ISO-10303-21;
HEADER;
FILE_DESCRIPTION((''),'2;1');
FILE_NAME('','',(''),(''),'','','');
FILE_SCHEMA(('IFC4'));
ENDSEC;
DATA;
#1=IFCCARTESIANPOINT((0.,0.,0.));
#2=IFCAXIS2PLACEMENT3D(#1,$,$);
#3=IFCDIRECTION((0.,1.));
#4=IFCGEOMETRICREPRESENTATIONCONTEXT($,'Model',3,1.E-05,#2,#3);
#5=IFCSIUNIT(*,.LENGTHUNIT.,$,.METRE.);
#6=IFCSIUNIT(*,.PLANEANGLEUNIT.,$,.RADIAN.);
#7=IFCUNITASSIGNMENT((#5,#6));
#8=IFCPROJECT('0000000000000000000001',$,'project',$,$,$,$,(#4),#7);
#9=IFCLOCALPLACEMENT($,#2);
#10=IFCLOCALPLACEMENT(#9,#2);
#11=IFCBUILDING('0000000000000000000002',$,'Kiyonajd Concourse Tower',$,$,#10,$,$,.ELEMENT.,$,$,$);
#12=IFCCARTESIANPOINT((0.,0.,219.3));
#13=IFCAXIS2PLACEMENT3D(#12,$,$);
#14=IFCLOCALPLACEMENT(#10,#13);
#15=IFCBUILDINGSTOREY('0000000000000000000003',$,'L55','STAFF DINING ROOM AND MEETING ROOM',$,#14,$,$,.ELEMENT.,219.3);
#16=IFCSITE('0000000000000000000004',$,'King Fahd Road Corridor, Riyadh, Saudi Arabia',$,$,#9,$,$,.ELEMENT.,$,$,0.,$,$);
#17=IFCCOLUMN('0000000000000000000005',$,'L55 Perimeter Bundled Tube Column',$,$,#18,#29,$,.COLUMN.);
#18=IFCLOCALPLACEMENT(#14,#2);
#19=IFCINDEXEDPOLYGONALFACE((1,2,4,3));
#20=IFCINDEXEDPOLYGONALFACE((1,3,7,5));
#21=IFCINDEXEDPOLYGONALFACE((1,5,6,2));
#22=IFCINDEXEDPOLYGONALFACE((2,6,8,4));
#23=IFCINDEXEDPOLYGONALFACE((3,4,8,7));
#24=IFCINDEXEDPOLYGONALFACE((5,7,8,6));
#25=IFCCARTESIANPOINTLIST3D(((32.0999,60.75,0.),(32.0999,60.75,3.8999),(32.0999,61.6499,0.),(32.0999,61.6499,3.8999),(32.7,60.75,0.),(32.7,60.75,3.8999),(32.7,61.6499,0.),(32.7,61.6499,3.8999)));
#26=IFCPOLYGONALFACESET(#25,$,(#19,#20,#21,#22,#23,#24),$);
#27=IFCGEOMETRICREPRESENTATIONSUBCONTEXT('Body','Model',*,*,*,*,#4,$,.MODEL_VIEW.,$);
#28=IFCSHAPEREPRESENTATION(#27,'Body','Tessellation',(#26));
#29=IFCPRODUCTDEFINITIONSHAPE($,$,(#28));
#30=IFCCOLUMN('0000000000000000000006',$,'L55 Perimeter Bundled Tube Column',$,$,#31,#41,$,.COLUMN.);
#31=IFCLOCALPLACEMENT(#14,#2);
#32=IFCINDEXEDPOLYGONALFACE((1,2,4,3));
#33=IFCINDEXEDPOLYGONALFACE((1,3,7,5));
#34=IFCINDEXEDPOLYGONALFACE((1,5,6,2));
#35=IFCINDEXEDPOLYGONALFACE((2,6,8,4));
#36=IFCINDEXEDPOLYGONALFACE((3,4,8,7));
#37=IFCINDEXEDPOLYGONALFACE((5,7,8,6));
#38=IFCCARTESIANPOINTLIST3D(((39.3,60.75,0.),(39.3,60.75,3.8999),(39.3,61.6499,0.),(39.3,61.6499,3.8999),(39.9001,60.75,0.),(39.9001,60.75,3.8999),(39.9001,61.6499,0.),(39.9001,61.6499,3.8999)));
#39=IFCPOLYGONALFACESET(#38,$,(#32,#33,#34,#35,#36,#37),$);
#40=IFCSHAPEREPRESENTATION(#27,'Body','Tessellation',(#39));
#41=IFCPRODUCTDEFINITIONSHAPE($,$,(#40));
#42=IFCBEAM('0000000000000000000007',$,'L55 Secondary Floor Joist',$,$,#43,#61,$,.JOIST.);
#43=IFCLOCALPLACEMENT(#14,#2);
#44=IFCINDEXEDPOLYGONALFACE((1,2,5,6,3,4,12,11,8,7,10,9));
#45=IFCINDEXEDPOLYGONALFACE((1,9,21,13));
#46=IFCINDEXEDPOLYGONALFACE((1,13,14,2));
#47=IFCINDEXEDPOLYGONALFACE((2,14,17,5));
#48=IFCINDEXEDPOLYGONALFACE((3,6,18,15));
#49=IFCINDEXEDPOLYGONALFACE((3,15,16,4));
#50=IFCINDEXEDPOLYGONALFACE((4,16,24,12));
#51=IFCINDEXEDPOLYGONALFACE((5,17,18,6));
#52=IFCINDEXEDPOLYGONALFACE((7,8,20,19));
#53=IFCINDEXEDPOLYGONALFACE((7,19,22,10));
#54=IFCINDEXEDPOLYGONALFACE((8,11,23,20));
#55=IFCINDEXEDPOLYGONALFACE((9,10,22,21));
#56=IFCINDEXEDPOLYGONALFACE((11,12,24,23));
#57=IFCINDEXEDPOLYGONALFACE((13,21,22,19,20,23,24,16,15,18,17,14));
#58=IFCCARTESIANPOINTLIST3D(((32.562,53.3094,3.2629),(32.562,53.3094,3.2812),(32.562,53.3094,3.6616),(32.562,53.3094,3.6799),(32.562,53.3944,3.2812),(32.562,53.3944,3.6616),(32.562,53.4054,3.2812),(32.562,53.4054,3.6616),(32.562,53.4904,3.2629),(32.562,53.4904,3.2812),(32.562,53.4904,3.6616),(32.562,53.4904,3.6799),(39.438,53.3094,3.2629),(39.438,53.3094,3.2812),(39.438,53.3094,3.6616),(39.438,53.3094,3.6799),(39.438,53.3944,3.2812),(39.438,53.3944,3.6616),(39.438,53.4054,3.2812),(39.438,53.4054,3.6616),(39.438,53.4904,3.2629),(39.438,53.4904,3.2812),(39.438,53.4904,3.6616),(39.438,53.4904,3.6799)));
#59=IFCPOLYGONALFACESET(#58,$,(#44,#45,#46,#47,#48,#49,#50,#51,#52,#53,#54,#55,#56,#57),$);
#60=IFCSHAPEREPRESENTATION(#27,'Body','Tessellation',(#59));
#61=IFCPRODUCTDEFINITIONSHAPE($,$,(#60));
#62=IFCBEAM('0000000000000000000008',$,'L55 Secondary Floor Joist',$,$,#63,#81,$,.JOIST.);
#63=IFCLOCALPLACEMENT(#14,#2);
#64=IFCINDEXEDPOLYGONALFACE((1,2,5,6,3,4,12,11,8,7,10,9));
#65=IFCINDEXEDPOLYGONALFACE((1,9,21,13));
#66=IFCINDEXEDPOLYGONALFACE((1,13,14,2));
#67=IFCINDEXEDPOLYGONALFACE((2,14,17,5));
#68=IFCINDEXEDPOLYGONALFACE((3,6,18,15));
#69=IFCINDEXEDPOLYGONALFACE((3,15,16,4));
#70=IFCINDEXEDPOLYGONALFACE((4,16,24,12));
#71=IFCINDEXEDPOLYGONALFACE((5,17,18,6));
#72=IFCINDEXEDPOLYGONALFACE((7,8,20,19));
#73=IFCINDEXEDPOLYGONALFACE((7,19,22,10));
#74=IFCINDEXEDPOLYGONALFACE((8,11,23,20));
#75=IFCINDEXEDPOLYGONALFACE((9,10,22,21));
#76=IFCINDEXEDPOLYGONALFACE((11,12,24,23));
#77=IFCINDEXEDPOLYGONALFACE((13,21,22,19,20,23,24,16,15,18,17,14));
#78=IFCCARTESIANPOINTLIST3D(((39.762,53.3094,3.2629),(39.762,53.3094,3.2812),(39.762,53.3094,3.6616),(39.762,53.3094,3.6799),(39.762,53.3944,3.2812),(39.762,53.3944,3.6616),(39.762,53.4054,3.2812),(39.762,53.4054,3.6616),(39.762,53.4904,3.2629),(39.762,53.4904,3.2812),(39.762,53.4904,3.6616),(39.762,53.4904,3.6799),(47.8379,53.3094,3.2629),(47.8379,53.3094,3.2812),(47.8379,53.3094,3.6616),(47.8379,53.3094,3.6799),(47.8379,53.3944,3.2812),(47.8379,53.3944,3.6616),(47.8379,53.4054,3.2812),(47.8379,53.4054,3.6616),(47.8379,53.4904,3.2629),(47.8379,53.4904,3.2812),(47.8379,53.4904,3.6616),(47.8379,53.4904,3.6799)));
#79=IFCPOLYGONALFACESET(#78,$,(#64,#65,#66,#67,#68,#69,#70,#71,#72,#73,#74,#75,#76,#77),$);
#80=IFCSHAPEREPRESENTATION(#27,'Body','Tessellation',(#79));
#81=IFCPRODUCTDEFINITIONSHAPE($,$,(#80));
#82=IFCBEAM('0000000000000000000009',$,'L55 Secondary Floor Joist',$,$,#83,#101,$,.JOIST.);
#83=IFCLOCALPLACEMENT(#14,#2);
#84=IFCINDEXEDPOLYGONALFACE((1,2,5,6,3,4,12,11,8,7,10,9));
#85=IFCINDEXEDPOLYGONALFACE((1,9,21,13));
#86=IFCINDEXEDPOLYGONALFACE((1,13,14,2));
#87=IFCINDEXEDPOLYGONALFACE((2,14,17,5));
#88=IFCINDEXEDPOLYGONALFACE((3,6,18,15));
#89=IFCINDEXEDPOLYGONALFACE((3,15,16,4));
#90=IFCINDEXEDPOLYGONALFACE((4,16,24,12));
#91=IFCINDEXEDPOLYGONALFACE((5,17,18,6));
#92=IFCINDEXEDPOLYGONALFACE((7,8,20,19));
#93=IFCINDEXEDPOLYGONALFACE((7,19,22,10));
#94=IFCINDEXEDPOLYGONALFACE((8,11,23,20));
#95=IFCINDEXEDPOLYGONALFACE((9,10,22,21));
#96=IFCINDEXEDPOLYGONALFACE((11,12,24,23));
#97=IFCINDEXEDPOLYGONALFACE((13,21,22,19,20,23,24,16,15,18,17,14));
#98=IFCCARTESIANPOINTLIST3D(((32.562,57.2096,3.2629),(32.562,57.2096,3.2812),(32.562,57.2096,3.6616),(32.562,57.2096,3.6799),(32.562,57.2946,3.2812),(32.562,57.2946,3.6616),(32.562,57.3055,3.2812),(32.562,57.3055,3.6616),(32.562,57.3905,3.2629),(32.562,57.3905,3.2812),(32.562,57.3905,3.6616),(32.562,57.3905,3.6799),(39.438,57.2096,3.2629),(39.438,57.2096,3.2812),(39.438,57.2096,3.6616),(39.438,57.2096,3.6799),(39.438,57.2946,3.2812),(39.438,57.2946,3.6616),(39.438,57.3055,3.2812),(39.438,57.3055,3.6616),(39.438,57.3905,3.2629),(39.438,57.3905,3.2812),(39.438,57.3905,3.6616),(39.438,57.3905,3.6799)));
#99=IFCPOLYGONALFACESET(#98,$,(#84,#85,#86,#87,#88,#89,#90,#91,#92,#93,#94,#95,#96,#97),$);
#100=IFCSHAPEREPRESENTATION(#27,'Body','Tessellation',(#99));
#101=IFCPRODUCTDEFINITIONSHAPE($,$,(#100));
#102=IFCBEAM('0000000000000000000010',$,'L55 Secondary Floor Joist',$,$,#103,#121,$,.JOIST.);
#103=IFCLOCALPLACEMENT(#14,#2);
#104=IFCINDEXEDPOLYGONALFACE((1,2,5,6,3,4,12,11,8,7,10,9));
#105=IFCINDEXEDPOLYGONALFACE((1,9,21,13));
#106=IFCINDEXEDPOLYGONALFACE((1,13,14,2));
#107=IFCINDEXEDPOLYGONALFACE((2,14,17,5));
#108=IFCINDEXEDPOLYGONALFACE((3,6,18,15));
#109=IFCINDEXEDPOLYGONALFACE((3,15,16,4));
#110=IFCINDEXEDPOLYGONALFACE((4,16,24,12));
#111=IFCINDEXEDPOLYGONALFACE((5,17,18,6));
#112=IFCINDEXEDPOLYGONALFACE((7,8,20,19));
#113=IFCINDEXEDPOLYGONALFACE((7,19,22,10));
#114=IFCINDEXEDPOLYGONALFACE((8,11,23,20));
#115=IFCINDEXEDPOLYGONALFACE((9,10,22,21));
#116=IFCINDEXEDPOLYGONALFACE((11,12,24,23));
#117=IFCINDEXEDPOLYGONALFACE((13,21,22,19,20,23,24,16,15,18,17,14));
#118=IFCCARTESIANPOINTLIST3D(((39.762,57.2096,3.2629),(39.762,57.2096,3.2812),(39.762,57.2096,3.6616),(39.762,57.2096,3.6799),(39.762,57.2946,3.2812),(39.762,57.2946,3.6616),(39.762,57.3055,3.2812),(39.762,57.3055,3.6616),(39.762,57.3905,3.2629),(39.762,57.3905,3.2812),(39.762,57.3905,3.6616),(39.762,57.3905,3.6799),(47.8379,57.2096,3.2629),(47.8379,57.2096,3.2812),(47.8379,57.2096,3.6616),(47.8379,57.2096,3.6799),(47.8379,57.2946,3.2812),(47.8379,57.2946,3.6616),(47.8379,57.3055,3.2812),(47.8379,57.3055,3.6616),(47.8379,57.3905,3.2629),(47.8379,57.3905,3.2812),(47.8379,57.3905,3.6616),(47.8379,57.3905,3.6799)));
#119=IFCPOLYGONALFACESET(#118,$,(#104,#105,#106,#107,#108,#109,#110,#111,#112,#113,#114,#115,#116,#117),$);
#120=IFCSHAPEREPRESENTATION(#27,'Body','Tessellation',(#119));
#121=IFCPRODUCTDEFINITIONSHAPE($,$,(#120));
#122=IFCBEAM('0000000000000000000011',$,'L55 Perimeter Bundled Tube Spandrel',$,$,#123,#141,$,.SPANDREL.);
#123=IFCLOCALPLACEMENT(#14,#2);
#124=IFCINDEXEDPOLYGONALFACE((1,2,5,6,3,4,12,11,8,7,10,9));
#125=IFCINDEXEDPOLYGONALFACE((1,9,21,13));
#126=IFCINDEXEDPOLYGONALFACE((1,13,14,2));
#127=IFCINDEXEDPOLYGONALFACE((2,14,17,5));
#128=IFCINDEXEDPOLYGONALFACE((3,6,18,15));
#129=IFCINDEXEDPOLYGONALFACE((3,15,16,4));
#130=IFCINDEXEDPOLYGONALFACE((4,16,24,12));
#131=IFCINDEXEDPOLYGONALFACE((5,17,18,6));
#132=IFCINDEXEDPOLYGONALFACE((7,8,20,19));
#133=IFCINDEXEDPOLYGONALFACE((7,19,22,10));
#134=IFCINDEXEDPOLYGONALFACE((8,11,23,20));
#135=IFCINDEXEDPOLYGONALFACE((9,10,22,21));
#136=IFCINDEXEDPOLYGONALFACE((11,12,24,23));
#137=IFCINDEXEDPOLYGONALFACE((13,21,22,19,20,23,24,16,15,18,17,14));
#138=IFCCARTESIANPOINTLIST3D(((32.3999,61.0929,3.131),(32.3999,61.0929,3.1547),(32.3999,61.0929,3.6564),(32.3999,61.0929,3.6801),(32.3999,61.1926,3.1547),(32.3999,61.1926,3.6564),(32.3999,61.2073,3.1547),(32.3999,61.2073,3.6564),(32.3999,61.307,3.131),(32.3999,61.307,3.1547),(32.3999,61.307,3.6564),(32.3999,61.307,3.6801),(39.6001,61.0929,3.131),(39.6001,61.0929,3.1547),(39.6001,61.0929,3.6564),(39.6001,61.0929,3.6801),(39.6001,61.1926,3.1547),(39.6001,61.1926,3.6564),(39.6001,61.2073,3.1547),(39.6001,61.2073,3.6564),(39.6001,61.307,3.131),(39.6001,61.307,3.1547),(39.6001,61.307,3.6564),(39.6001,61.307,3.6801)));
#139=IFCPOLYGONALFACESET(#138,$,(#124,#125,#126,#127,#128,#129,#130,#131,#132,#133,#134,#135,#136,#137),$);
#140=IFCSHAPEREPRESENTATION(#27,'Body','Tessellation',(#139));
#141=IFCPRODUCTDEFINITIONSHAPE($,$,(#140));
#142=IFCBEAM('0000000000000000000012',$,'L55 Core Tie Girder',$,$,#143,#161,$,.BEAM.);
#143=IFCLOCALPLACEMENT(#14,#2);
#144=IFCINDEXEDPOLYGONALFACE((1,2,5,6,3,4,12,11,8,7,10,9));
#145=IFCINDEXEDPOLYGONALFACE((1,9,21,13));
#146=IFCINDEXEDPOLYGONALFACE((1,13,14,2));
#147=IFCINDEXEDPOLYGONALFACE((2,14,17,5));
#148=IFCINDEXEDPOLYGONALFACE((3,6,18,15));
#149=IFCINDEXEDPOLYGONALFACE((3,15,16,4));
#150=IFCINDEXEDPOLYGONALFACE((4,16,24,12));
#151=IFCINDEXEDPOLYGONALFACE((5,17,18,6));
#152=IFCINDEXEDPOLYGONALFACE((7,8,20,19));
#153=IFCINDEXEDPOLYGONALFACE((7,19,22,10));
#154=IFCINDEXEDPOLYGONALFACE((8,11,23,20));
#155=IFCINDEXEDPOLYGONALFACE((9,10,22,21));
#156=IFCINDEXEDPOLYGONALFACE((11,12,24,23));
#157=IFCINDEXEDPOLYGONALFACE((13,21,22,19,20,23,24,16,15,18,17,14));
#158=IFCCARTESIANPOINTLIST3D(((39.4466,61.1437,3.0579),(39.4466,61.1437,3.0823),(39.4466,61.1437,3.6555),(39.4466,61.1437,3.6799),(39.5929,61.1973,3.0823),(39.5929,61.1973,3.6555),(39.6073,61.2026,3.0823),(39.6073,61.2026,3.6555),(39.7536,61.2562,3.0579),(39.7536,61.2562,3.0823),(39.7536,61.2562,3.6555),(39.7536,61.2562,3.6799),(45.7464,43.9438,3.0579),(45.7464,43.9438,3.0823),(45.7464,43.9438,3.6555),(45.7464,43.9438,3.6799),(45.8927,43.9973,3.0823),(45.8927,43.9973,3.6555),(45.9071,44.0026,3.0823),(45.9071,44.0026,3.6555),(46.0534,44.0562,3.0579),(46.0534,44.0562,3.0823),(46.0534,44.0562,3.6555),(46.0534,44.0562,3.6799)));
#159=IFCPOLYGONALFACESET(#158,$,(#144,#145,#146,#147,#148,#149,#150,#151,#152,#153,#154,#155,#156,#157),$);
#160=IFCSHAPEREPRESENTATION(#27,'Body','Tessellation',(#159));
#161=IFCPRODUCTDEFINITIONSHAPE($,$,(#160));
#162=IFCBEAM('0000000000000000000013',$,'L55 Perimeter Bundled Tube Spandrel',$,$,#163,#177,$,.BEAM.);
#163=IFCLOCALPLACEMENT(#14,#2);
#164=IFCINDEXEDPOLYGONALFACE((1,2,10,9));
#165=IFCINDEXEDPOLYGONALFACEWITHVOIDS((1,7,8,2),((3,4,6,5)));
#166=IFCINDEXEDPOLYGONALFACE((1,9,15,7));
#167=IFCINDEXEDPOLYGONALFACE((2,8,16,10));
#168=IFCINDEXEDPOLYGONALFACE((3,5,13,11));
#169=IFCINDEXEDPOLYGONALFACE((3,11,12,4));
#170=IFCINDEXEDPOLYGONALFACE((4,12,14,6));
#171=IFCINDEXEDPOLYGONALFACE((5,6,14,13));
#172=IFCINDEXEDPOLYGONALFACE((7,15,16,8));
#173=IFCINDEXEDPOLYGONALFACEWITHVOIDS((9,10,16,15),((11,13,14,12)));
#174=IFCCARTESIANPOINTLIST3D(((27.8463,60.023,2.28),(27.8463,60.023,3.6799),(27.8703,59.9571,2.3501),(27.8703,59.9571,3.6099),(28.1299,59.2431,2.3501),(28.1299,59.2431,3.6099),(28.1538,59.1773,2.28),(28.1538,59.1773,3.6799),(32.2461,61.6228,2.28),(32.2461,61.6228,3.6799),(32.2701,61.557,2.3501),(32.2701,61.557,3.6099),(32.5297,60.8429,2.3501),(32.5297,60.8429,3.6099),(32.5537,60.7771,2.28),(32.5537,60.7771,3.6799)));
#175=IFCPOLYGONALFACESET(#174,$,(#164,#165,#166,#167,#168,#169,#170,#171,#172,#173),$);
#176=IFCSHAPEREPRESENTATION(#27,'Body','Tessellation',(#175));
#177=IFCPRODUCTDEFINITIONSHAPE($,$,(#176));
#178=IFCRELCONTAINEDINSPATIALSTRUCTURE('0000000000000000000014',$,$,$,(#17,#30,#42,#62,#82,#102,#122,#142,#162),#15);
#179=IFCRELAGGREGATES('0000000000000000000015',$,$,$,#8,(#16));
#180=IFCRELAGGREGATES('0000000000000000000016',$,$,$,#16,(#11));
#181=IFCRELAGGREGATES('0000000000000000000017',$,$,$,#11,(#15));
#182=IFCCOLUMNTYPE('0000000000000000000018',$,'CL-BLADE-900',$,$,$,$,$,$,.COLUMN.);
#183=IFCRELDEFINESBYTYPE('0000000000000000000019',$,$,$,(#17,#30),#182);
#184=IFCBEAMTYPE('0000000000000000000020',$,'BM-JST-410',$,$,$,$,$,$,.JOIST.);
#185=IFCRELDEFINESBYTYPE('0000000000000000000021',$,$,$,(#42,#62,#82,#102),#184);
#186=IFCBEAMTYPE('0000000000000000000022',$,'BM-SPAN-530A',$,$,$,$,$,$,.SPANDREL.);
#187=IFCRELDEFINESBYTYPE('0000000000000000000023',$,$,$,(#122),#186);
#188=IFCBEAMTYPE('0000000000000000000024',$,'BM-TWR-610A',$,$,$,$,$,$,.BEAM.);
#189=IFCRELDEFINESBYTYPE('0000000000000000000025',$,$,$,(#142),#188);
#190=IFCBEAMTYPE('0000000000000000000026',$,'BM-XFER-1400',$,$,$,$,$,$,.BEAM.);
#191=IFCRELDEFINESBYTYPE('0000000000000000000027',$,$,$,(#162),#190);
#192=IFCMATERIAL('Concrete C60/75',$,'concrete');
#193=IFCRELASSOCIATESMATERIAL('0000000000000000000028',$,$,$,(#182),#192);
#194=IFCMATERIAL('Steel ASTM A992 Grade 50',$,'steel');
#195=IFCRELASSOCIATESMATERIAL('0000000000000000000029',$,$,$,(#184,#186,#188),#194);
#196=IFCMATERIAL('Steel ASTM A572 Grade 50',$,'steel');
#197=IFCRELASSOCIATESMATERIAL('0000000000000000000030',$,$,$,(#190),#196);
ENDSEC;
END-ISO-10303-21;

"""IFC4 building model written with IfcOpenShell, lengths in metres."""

from ifc_helpers import new_model, si_unit, direction, frame, origin, origin_2d, place, context, subcontext, project, spatial, rectangle, hollow_rectangle, i_section, extrude, material, material_profile, profile_set, type_object, element, save


model = new_model("IFC4")

# Units and contexts
model_context = context("Model", 3, precision=1e-05, world=origin(), true_north=direction((0.0, 1.0)))
body_context = subcontext(model_context, "Body", "Model", "MODEL_VIEW")
ifc_project = project(units=[si_unit("LENGTHUNIT", "METRE"), si_unit("PLANEANGLEUNIT", "RADIAN")], contexts=[model_context])

# Site, building, storey
site_placement = place(None, origin())
site = spatial("IfcSite", under=ifc_project, at=site_placement, Name="King Fahd Road Corridor, Riyadh, Saudi Arabia", CompositionType="ELEMENT", RefElevation=0.0)
building_placement = place(site_placement, origin())
building = spatial("IfcBuilding", under=site, at=building_placement, Name="Kiyonajd Concourse Tower", CompositionType="ELEMENT")
storey_placement = place(building_placement, frame((0.0, 0.0, 219.3)))
storey = spatial("IfcBuildingStorey", under=building, at=storey_placement, Name="L55", Description="STAFF DINING ROOM AND MEETING ROOM", CompositionType="ELEMENT", Elevation=219.3)

# Columns
ifc_material_1 = material(Name="Concrete C60/75", Category="concrete")
ifc_material_profile_1 = material_profile(ifc_material_1, rectangle(XDim=0.6001, YDim=0.8999, at=origin_2d()), Name="RC-900x600")
ifc_profile_set_1 = profile_set([ifc_material_profile_1], Name="Concrete C60/75")
column_type = type_object("IfcColumnType", Name="CL-BLADE-900", PredefinedType="COLUMN", material=ifc_profile_set_1)
for number, where, z_axis, x_axis, name in (
    (1, (32.3999, 61.2, 0.0), (0.0, 0.0, 1.0), (1.0, 0.0, 0.0), "L55 Perimeter Bundled Tube Column"),
    (2, (39.6001, 61.2, 0.0), (0.0, 0.0, 1.0), (1.0, 0.0, 0.0), "L55 Perimeter Bundled Tube Column"),
):
    element("IfcColumn", number, at=place(storey_placement, frame(where, z_axis=z_axis, x_axis=x_axis)), inside=storey, type_object=column_type, Name=name, PredefinedType="COLUMN", context=body_context, shape_type="SweptSolid", body=[
        extrude(rectangle(XDim=0.6001, YDim=0.8999, at=origin_2d()), origin(), (0.0, 0.0, 1.0), 3.8999),
    ])

# Beams
ifc_material_2 = material(Name="Steel ASTM A992 Grade 50", Category="steel")
ifc_material_profile_2 = material_profile(ifc_material_2, i_section(OverallWidth=0.1809, OverallDepth=0.417, WebThickness=0.011, FlangeThickness=0.0183, at=origin_2d()), Name="W410X85")
ifc_profile_set_2 = profile_set([ifc_material_profile_2], Name="Steel ASTM A992 Grade 50")
beam_type_1 = type_object("IfcBeamType", Name="BM-JST-410", PredefinedType="JOIST", material=ifc_profile_set_2)
beam_1_placement = place(storey_placement, frame((32.562, 53.3999, 3.4714), z_axis=(1.0, 0.0, 0.0), x_axis=(0.0, 1.0, 0.0)))
element("IfcBeam", 3, at=beam_1_placement, inside=storey, type_object=beam_type_1, Name="L55 Secondary Floor Joist", PredefinedType="JOIST", context=body_context, shape_type="SweptSolid", body=[
    extrude(i_section(OverallWidth=0.1809, OverallDepth=0.417, WebThickness=0.011, FlangeThickness=0.0183, at=origin_2d()), origin(), (0.0, 0.0, 1.0), 6.876),
])
beam_2_placement = place(storey_placement, frame((39.762, 53.3999, 3.4714), z_axis=(1.0, 0.0, 0.0), x_axis=(0.0, 1.0, 0.0)))
element("IfcBeam", 4, at=beam_2_placement, inside=storey, type_object=beam_type_1, Name="L55 Secondary Floor Joist", PredefinedType="JOIST", context=body_context, shape_type="SweptSolid", body=[
    extrude(i_section(OverallWidth=0.1809, OverallDepth=0.417, WebThickness=0.011, FlangeThickness=0.0183, at=origin_2d()), origin(), (0.0, 0.0, 1.0), 8.0759),
])
beam_3_placement = place(storey_placement, frame((32.562, 57.3, 3.4714), z_axis=(1.0, 0.0, 0.0), x_axis=(0.0, 1.0, 0.0)))
element("IfcBeam", 5, at=beam_3_placement, inside=storey, type_object=beam_type_1, Name="L55 Secondary Floor Joist", PredefinedType="JOIST", context=body_context, shape_type="SweptSolid", body=[
    extrude(i_section(OverallWidth=0.1809, OverallDepth=0.417, WebThickness=0.011, FlangeThickness=0.0183, at=origin_2d()), origin(), (0.0, 0.0, 1.0), 6.876),
])
beam_4_placement = place(storey_placement, frame((39.762, 57.3, 3.4714), z_axis=(1.0, 0.0, 0.0), x_axis=(0.0, 1.0, 0.0)))
element("IfcBeam", 6, at=beam_4_placement, inside=storey, type_object=beam_type_1, Name="L55 Secondary Floor Joist", PredefinedType="JOIST", context=body_context, shape_type="SweptSolid", body=[
    extrude(i_section(OverallWidth=0.1809, OverallDepth=0.417, WebThickness=0.011, FlangeThickness=0.0183, at=origin_2d()), origin(), (0.0, 0.0, 1.0), 8.0759),
])
ifc_material_profile_3 = material_profile(ifc_material_2, i_section(OverallWidth=0.2141, OverallDepth=0.5491, WebThickness=0.0146, FlangeThickness=0.0237, at=origin_2d()), Name="W530X138")
ifc_profile_set_3 = profile_set([ifc_material_profile_3], Name="Steel ASTM A992 Grade 50")
beam_type_2 = type_object("IfcBeamType", Name="BM-SPAN-530A", PredefinedType="SPANDREL", material=ifc_profile_set_3)
beam_5_placement = place(storey_placement, frame((39.6001, 61.2, 3.4055), z_axis=(-1.0, 0.0, 0.0), x_axis=(0.0, -1.0, 0.0)))
element("IfcBeam", 7, at=beam_5_placement, inside=storey, type_object=beam_type_2, Name="L55 Perimeter Bundled Tube Spandrel", PredefinedType="SPANDREL", context=body_context, shape_type="SweptSolid", body=[
    extrude(i_section(OverallWidth=0.2141, OverallDepth=0.5491, WebThickness=0.0146, FlangeThickness=0.0237, at=origin_2d()), origin(), (0.0, 0.0, 1.0), 7.2002),
])
ifc_material_profile_4 = material_profile(ifc_material_2, i_section(OverallWidth=0.3269, OverallDepth=0.6221, WebThickness=0.0154, FlangeThickness=0.0244, at=origin_2d()), Name="W610X195")
ifc_profile_set_4 = profile_set([ifc_material_profile_4], Name="Steel ASTM A992 Grade 50")
beam_type_3 = type_object("IfcBeamType", Name="BM-TWR-610A", PredefinedType="BEAM", material=ifc_profile_set_4)
beam_6_placement = place(storey_placement, frame((39.6001, 61.2, 3.3689), z_axis=(0.343925, -0.938997, 0.0), x_axis=(0.938997, 0.343925, 0.0)))
element("IfcBeam", 8, at=beam_6_placement, inside=storey, type_object=beam_type_3, Name="L55 Core Tie Girder", PredefinedType="BEAM", context=body_context, shape_type="SweptSolid", body=[
    extrude(i_section(OverallWidth=0.3269, OverallDepth=0.6221, WebThickness=0.0154, FlangeThickness=0.0244, at=origin_2d()), origin(), (0.0, 0.0, 1.0), 18.3174),
])
ifc_material_3 = material(Name="Steel ASTM A572 Grade 50", Category="steel")
ifc_material_profile_5 = material_profile(ifc_material_3, hollow_rectangle(XDim=0.8999, YDim=1.3999, WallThickness=0.0701, at=origin_2d()), Name="BOX-1400x900x70")
ifc_profile_set_5 = profile_set([ifc_material_profile_5], Name="Steel ASTM A572 Grade 50")
beam_type_4 = type_object("IfcBeamType", Name="BM-XFER-1400", PredefinedType="BEAM", material=ifc_profile_set_5)
beam_7_placement = place(storey_placement, frame((32.3999, 61.2, 2.98), z_axis=(-0.939801, -0.341722, 0.0), x_axis=(0.341722, -0.939801, 0.0)))
element("IfcBeam", 9, at=beam_7_placement, inside=storey, type_object=beam_type_4, Name="L55 Perimeter Bundled Tube Spandrel", PredefinedType="BEAM", context=body_context, shape_type="SweptSolid", body=[
    extrude(hollow_rectangle(XDim=0.8999, YDim=1.3999, WallThickness=0.0701, at=origin_2d()), origin(), (0.0, 0.0, 1.0), 4.6816),
])

save(model, "model.ifc")
